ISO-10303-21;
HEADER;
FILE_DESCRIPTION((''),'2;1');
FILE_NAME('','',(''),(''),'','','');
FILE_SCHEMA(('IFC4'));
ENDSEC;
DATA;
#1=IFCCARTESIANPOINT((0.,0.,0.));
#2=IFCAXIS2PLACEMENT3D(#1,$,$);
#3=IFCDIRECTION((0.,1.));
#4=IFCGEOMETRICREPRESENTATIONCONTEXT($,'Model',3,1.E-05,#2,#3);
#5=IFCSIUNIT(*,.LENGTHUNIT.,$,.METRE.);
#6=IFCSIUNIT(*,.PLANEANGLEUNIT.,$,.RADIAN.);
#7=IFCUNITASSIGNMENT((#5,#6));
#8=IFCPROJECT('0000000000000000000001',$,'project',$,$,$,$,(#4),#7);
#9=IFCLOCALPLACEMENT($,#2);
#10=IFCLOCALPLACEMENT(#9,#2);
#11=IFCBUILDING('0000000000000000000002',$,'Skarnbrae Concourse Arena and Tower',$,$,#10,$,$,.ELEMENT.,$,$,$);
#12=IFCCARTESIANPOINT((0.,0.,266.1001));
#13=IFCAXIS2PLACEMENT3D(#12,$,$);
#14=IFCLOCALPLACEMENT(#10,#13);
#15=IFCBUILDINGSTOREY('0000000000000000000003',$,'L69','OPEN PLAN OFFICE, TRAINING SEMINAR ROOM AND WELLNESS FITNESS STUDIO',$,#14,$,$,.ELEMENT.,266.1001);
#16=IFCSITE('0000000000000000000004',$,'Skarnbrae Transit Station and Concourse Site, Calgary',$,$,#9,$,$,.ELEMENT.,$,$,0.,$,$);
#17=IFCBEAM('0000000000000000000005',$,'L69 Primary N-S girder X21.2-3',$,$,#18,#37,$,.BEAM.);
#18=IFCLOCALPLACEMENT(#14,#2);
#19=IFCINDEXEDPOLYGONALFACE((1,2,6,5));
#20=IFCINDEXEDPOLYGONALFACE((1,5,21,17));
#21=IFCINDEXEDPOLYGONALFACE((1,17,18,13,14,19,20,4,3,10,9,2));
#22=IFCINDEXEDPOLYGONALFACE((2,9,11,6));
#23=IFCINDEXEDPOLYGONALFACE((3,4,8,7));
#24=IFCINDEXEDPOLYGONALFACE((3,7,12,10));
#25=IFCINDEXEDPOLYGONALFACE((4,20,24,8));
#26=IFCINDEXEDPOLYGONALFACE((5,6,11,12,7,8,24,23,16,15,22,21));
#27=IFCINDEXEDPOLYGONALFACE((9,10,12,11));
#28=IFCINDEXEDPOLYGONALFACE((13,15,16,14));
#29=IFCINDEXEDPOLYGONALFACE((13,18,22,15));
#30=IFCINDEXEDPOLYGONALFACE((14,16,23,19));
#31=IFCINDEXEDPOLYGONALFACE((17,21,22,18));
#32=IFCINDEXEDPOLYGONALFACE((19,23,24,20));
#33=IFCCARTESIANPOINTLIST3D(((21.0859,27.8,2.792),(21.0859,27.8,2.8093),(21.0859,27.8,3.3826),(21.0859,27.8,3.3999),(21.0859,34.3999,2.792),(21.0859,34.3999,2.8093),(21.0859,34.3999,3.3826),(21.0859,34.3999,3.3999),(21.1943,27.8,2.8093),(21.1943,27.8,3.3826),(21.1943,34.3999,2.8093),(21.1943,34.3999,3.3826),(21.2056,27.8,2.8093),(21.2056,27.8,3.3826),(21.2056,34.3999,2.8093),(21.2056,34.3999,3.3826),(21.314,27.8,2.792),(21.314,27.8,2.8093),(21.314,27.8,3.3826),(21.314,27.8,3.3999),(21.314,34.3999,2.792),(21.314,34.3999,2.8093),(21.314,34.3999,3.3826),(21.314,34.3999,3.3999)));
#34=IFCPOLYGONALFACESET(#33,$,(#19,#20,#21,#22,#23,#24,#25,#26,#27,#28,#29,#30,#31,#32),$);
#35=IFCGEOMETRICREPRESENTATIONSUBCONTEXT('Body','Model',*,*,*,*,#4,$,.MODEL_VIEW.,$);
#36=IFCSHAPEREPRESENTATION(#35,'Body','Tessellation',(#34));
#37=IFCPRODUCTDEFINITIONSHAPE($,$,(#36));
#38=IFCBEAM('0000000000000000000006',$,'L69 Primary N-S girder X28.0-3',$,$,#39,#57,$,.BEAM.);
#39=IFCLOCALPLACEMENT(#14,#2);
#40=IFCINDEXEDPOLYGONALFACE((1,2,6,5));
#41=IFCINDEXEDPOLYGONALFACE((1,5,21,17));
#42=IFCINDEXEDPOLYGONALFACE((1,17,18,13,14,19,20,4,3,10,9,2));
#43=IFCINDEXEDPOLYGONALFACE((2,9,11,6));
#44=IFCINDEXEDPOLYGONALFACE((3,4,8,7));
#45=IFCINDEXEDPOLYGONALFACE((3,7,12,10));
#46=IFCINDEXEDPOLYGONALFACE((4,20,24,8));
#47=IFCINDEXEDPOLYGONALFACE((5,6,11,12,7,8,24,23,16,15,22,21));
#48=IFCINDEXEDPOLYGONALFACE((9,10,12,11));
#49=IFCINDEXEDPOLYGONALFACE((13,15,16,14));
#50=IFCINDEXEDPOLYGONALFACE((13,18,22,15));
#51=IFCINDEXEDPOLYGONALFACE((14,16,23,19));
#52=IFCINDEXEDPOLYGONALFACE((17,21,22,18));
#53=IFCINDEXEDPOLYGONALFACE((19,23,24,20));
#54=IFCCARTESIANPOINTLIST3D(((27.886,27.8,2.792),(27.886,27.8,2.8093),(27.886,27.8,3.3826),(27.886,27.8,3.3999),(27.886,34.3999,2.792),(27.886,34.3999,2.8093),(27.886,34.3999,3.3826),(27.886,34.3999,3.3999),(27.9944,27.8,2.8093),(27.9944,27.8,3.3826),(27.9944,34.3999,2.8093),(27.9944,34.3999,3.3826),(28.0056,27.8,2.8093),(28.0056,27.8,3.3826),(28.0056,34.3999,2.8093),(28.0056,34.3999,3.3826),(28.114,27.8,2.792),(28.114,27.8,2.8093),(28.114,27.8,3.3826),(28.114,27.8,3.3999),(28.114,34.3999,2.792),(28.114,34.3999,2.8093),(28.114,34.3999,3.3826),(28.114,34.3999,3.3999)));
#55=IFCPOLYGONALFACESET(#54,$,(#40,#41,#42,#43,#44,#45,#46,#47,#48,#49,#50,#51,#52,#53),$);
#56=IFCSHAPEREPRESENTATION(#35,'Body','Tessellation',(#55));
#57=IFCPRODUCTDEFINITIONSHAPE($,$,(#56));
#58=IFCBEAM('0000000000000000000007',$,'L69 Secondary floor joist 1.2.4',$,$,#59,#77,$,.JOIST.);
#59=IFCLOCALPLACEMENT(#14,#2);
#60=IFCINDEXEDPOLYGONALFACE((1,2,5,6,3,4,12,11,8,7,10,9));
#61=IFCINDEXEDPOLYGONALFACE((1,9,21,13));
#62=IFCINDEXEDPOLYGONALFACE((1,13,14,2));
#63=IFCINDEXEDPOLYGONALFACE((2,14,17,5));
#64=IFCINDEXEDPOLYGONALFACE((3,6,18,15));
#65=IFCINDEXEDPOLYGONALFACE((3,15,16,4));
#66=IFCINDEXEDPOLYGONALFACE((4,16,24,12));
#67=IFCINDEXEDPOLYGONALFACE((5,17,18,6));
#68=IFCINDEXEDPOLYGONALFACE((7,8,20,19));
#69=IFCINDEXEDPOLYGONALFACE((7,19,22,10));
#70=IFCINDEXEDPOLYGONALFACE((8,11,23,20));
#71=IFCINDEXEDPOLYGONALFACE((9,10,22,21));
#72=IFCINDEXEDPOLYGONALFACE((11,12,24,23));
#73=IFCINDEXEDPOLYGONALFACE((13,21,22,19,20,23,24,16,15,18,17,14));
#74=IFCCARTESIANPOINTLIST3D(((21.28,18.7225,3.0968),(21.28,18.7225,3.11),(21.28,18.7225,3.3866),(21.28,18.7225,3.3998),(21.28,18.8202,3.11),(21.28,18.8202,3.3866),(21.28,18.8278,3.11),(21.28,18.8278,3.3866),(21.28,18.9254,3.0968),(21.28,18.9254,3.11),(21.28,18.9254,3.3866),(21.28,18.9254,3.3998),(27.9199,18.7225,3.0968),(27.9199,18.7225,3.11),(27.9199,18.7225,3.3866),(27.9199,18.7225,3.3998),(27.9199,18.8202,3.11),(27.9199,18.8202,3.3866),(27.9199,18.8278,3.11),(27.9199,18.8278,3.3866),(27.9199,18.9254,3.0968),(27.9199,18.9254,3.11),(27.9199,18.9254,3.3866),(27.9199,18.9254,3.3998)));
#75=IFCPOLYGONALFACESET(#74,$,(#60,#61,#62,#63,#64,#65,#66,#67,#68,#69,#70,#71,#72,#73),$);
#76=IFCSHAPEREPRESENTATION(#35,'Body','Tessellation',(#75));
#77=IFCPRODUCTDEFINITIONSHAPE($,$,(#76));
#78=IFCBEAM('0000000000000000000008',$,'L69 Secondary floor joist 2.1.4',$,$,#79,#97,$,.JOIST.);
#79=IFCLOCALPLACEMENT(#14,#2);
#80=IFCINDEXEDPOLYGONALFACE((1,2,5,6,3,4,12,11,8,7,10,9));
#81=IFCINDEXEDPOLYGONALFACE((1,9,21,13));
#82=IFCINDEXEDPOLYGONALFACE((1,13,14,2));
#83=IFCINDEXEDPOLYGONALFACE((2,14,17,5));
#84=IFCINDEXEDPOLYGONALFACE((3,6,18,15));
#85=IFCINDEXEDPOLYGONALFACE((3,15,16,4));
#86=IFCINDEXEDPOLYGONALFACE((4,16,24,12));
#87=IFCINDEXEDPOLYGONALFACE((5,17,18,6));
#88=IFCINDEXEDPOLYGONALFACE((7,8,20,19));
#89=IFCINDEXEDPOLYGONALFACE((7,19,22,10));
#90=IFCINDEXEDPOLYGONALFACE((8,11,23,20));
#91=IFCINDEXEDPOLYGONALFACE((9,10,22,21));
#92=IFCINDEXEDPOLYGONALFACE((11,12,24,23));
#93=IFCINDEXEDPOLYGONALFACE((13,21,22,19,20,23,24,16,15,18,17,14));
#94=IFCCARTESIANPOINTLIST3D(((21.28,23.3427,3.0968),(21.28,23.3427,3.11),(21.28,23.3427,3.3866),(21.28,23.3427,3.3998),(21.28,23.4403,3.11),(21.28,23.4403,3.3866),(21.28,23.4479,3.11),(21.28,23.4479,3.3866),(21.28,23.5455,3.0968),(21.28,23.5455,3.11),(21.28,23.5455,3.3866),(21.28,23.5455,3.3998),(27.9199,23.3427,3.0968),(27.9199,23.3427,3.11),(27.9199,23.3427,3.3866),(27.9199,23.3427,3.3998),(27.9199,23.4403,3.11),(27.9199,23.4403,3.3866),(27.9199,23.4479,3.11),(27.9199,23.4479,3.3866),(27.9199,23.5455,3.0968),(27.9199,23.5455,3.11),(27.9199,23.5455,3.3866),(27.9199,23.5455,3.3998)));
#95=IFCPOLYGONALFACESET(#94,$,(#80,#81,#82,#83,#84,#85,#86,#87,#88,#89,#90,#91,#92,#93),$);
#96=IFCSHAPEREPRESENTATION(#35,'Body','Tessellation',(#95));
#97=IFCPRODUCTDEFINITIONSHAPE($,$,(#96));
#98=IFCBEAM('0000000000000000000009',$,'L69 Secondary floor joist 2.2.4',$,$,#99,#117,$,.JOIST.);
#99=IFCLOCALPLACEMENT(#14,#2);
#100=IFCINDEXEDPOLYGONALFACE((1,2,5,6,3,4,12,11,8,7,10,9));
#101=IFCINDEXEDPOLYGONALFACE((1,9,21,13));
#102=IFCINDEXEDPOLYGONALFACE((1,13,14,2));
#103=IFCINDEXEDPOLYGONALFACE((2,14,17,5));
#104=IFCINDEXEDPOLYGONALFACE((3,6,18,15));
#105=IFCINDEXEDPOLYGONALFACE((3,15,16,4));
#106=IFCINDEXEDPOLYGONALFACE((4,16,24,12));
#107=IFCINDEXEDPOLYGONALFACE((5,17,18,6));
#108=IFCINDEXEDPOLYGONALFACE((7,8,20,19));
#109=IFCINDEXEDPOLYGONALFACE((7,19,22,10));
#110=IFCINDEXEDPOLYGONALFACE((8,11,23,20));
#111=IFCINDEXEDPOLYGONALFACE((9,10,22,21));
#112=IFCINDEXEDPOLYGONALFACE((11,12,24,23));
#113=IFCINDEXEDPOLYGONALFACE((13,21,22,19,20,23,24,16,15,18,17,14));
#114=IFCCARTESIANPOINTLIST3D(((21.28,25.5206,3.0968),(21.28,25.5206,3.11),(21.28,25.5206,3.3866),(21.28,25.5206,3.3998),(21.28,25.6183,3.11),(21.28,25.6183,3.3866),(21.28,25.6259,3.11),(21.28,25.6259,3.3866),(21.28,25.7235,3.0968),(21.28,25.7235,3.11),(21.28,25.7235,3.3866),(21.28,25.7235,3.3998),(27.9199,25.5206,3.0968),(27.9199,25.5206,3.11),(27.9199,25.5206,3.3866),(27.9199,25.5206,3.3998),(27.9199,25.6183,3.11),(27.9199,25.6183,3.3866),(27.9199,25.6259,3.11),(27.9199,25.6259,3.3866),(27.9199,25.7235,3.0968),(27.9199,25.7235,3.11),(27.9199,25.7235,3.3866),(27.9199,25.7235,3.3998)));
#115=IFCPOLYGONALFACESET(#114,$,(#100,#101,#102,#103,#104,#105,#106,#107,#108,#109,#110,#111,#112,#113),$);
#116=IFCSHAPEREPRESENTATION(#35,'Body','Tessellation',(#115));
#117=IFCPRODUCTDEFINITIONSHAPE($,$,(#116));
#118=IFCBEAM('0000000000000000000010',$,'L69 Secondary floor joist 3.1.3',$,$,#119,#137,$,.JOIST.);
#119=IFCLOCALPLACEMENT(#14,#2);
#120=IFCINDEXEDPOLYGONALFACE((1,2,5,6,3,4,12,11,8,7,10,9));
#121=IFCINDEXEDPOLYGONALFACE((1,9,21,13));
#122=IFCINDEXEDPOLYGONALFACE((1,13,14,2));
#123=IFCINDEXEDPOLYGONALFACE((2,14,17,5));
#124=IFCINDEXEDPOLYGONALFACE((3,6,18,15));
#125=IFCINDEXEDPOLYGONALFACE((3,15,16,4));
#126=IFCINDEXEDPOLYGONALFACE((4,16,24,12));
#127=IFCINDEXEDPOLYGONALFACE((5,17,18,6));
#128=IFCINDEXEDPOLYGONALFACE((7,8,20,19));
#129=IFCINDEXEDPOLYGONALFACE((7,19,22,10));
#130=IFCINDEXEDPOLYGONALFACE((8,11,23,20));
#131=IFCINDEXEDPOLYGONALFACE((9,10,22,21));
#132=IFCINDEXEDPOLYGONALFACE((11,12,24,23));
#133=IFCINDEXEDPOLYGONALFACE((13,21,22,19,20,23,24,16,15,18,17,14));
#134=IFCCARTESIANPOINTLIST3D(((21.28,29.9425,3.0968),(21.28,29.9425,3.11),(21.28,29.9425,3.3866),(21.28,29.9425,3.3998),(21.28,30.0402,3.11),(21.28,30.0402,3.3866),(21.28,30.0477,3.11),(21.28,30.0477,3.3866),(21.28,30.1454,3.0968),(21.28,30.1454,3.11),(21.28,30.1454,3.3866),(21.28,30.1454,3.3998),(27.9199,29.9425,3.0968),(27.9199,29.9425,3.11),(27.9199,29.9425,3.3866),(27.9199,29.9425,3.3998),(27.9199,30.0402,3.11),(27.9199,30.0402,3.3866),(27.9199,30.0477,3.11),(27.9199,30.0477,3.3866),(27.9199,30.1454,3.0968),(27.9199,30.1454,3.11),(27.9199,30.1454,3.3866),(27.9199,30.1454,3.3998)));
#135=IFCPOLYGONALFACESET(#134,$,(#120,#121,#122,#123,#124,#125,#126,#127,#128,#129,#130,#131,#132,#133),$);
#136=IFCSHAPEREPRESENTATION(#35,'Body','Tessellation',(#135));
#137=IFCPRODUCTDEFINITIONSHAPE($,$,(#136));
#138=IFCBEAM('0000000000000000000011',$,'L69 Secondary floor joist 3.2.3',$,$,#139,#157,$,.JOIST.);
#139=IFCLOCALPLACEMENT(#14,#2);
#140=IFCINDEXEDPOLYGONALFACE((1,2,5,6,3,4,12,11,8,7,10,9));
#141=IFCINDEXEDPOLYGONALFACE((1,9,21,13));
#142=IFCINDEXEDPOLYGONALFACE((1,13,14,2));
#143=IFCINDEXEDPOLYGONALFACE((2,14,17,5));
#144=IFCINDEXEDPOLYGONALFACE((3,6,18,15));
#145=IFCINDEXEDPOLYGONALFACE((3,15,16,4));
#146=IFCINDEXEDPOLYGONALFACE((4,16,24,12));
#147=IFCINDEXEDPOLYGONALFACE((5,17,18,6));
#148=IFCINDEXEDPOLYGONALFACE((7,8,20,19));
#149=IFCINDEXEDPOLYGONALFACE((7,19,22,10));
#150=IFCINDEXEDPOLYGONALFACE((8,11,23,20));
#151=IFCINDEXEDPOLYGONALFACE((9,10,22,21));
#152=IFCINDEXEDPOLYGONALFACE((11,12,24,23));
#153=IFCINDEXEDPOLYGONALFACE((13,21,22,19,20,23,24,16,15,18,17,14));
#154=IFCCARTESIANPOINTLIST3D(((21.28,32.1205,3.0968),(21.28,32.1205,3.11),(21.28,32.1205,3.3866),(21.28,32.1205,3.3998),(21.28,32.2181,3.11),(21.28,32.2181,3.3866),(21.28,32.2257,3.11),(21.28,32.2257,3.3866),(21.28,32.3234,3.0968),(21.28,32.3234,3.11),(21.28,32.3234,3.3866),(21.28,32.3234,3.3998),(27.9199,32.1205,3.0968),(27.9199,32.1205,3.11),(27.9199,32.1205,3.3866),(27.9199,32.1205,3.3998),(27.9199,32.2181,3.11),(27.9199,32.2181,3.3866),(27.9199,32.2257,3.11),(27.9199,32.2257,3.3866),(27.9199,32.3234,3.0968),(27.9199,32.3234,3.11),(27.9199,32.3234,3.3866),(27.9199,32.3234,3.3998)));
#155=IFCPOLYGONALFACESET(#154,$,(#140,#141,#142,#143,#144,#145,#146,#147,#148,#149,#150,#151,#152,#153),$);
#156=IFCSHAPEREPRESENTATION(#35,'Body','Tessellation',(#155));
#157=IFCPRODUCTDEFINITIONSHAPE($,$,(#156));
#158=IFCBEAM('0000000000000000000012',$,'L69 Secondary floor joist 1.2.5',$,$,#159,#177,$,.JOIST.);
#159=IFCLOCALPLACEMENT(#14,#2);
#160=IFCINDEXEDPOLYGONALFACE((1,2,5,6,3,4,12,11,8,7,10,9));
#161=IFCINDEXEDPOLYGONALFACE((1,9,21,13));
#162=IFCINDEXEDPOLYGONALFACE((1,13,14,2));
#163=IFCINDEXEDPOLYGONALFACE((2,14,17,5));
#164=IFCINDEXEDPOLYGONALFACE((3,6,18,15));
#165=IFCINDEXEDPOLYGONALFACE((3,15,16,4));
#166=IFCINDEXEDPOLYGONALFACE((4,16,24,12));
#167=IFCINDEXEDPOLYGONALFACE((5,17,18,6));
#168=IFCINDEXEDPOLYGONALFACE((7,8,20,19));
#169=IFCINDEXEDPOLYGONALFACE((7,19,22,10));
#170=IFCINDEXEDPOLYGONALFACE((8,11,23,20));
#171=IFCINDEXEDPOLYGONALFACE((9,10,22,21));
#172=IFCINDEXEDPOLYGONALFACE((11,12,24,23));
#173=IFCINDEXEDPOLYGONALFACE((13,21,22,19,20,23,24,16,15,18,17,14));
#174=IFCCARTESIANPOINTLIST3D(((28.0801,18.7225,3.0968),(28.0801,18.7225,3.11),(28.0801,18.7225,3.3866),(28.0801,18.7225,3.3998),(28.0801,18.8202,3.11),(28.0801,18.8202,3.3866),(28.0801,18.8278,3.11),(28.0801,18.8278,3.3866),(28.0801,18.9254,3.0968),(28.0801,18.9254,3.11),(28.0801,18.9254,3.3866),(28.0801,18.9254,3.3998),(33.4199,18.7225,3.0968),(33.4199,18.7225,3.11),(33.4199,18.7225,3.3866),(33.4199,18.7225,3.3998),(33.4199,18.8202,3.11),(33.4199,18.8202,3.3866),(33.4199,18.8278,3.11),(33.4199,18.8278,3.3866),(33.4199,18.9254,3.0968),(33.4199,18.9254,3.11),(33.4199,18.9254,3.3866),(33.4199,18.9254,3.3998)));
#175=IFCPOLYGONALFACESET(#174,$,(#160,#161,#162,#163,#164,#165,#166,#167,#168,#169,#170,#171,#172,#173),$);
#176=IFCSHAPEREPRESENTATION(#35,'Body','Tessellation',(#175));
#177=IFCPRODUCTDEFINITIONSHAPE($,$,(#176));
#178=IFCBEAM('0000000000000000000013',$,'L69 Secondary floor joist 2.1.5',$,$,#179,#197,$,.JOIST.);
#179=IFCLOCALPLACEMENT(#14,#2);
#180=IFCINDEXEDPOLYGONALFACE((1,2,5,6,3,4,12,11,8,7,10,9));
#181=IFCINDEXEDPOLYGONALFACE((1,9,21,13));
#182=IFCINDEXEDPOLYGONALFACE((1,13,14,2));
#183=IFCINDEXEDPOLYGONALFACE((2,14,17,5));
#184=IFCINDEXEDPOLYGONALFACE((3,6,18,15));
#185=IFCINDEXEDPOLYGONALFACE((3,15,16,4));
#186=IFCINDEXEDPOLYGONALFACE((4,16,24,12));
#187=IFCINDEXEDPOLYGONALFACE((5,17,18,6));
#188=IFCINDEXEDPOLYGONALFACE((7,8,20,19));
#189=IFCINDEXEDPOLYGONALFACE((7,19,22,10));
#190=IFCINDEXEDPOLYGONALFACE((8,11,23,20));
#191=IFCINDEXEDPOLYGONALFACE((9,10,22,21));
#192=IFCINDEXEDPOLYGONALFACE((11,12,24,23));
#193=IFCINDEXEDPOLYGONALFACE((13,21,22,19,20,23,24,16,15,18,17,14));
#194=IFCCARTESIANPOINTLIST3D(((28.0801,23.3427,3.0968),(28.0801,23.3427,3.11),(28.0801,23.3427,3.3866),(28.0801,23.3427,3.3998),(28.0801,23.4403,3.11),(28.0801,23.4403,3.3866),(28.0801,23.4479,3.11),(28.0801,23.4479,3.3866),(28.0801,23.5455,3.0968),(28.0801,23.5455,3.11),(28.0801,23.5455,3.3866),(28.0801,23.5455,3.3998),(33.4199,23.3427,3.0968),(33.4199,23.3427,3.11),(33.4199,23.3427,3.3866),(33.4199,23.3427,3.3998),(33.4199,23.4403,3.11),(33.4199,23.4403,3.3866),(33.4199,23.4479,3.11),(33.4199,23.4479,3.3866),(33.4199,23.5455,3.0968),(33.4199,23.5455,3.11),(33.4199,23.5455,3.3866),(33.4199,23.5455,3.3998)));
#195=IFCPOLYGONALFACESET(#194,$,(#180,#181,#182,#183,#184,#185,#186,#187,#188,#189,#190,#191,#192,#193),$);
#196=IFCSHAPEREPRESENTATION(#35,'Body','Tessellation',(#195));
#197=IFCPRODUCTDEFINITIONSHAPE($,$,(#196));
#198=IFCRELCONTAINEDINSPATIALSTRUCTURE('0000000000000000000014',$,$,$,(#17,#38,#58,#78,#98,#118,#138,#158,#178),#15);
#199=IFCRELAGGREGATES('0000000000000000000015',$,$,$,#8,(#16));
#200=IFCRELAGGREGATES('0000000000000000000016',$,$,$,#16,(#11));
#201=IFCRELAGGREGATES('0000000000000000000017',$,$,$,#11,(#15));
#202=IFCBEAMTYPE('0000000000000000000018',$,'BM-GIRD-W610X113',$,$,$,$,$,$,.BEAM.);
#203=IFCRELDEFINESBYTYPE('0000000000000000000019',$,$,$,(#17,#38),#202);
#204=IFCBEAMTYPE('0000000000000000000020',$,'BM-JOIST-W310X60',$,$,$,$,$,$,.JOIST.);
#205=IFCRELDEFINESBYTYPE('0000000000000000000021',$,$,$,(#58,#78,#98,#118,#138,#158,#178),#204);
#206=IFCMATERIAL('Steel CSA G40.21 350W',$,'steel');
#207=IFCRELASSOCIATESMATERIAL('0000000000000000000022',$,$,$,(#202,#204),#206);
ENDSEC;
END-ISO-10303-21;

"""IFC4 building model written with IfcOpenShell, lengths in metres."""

from ifc_helpers import new_model, si_unit, direction, frame, origin, origin_2d, place, context, subcontext, project, spatial, i_section, extrude, source, transform, mapped, material, material_profile, profile_set, type_object, element, save


model = new_model("IFC4")

# Units and contexts
model_context = context("Model", 3, precision=1e-05, world=origin(), true_north=direction((0.0, 1.0)))
body_context = subcontext(model_context, "Body", "Model", "MODEL_VIEW")
ifc_project = project(units=[si_unit("LENGTHUNIT", "METRE"), si_unit("PLANEANGLEUNIT", "RADIAN")], contexts=[model_context])

# Site, building, storey
site_placement = place(None, origin())
site = spatial("IfcSite", under=ifc_project, at=site_placement, Name="Skarnbrae Transit Station and Concourse Site, Calgary", CompositionType="ELEMENT", RefElevation=0.0)
building_placement = place(site_placement, origin())
building = spatial("IfcBuilding", under=site, at=building_placement, Name="Skarnbrae Concourse Arena and Tower", CompositionType="ELEMENT")
storey_placement = place(building_placement, frame((0.0, 0.0, 266.1001)))
storey = spatial("IfcBuildingStorey", under=building, at=storey_placement, Name="L69", Description="OPEN PLAN OFFICE, TRAINING SEMINAR ROOM AND WELLNESS FITNESS STUDIO", CompositionType="ELEMENT", Elevation=266.1001)

# Shared definitions
ifc_material_1 = material(Name="Steel CSA G40.21 350W", Category="steel")

# Beams
ifc_material_profile_1 = material_profile(ifc_material_1, i_section(OverallWidth=0.228, OverallDepth=0.6079, WebThickness=0.0112, FlangeThickness=0.0173, at=origin_2d()), Name="W610X113")
ifc_profile_set_1 = profile_set([ifc_material_profile_1], Name="Steel CSA G40.21 350W")
beam_type_1 = type_object("IfcBeamType", Name="BM-GIRD-W610X113", PredefinedType="BEAM", material=ifc_profile_set_1)
shared_shape_1 = source(origin(), body_context, "Body", "SweptSolid", [
    extrude(i_section(OverallWidth=0.228, OverallDepth=0.6079, WebThickness=0.0112, FlangeThickness=0.0173, at=origin_2d()), origin(), (0.0, 0.0, 1.0), 6.5999),
])
for number, where, z_axis, x_axis, name in (
    (1, (21.2, 27.8, 3.0959), (0.0, 1.0, 0.0), (-1.0, 0.0, 0.0), "L69 Primary N-S girder X21.2-3"),
    (2, (28.0, 27.8, 3.0959), (0.0, 1.0, 0.0), (-1.0, 0.0, 0.0), "L69 Primary N-S girder X28.0-3"),
):
    element("IfcBeam", number, at=place(storey_placement, frame(where, z_axis=z_axis, x_axis=x_axis)), inside=storey, type_object=beam_type_1, Name=name, PredefinedType="BEAM", context=body_context, shape_type="MappedRepresentation", body=[
        mapped(shared_shape_1, transform((0.0, 0.0, 0.0))),
    ])
ifc_material_profile_2 = material_profile(ifc_material_1, i_section(OverallWidth=0.2029, OverallDepth=0.303, WebThickness=0.0076, FlangeThickness=0.0132, at=origin_2d()), Name="W310X60")
ifc_profile_set_2 = profile_set([ifc_material_profile_2], Name="Steel CSA G40.21 350W")
beam_type_2 = type_object("IfcBeamType", Name="BM-JOIST-W310X60", PredefinedType="JOIST", material=ifc_profile_set_2)
shared_shape_2 = source(origin(), body_context, "Body", "SweptSolid", [
    extrude(i_section(OverallWidth=0.2029, OverallDepth=0.303, WebThickness=0.0076, FlangeThickness=0.0132, at=origin_2d()), origin(), (0.0, 0.0, 1.0), 6.6399),
])
for number, where, z_axis, x_axis, name in (
    (3, (21.28, 18.824, 3.2483), (1.0, 0.0, 0.0), (0.0, 1.0, 0.0), "L69 Secondary floor joist 1.2.4"),
    (4, (21.28, 23.4441, 3.2483), (1.0, 0.0, 0.0), (0.0, 1.0, 0.0), "L69 Secondary floor joist 2.1.4"),
    (5, (21.28, 25.6221, 3.2483), (1.0, 0.0, 0.0), (0.0, 1.0, 0.0), "L69 Secondary floor joist 2.2.4"),
    (6, (21.28, 30.0439, 3.2483), (1.0, 0.0, 0.0), (0.0, 1.0, 0.0), "L69 Secondary floor joist 3.1.3"),
    (7, (21.28, 32.2219, 3.2483), (1.0, 0.0, 0.0), (0.0, 1.0, 0.0), "L69 Secondary floor joist 3.2.3"),
):
    element("IfcBeam", number, at=place(storey_placement, frame(where, z_axis=z_axis, x_axis=x_axis)), inside=storey, type_object=beam_type_2, Name=name, PredefinedType="JOIST", context=body_context, shape_type="MappedRepresentation", body=[
        mapped(shared_shape_2, transform((0.0, 0.0, 0.0))),
    ])
shared_shape_3 = source(origin(), body_context, "Body", "SweptSolid", [
    extrude(i_section(OverallWidth=0.2029, OverallDepth=0.303, WebThickness=0.0076, FlangeThickness=0.0132, at=origin_2d()), origin(), (0.0, 0.0, 1.0), 5.3398),
])
for number, where, z_axis, x_axis, name in (
    (8, (28.0801, 18.824, 3.2483), (1.0, 0.0, 0.0), (0.0, 1.0, 0.0), "L69 Secondary floor joist 1.2.5"),
    (9, (28.0801, 23.4441, 3.2483), (1.0, 0.0, 0.0), (0.0, 1.0, 0.0), "L69 Secondary floor joist 2.1.5"),
):
    element("IfcBeam", number, at=place(storey_placement, frame(where, z_axis=z_axis, x_axis=x_axis)), inside=storey, type_object=beam_type_2, Name=name, PredefinedType="JOIST", context=body_context, shape_type="MappedRepresentation", body=[
        mapped(shared_shape_3, transform((0.0, 0.0, 0.0))),
    ])

save(model, "model.ifc")
